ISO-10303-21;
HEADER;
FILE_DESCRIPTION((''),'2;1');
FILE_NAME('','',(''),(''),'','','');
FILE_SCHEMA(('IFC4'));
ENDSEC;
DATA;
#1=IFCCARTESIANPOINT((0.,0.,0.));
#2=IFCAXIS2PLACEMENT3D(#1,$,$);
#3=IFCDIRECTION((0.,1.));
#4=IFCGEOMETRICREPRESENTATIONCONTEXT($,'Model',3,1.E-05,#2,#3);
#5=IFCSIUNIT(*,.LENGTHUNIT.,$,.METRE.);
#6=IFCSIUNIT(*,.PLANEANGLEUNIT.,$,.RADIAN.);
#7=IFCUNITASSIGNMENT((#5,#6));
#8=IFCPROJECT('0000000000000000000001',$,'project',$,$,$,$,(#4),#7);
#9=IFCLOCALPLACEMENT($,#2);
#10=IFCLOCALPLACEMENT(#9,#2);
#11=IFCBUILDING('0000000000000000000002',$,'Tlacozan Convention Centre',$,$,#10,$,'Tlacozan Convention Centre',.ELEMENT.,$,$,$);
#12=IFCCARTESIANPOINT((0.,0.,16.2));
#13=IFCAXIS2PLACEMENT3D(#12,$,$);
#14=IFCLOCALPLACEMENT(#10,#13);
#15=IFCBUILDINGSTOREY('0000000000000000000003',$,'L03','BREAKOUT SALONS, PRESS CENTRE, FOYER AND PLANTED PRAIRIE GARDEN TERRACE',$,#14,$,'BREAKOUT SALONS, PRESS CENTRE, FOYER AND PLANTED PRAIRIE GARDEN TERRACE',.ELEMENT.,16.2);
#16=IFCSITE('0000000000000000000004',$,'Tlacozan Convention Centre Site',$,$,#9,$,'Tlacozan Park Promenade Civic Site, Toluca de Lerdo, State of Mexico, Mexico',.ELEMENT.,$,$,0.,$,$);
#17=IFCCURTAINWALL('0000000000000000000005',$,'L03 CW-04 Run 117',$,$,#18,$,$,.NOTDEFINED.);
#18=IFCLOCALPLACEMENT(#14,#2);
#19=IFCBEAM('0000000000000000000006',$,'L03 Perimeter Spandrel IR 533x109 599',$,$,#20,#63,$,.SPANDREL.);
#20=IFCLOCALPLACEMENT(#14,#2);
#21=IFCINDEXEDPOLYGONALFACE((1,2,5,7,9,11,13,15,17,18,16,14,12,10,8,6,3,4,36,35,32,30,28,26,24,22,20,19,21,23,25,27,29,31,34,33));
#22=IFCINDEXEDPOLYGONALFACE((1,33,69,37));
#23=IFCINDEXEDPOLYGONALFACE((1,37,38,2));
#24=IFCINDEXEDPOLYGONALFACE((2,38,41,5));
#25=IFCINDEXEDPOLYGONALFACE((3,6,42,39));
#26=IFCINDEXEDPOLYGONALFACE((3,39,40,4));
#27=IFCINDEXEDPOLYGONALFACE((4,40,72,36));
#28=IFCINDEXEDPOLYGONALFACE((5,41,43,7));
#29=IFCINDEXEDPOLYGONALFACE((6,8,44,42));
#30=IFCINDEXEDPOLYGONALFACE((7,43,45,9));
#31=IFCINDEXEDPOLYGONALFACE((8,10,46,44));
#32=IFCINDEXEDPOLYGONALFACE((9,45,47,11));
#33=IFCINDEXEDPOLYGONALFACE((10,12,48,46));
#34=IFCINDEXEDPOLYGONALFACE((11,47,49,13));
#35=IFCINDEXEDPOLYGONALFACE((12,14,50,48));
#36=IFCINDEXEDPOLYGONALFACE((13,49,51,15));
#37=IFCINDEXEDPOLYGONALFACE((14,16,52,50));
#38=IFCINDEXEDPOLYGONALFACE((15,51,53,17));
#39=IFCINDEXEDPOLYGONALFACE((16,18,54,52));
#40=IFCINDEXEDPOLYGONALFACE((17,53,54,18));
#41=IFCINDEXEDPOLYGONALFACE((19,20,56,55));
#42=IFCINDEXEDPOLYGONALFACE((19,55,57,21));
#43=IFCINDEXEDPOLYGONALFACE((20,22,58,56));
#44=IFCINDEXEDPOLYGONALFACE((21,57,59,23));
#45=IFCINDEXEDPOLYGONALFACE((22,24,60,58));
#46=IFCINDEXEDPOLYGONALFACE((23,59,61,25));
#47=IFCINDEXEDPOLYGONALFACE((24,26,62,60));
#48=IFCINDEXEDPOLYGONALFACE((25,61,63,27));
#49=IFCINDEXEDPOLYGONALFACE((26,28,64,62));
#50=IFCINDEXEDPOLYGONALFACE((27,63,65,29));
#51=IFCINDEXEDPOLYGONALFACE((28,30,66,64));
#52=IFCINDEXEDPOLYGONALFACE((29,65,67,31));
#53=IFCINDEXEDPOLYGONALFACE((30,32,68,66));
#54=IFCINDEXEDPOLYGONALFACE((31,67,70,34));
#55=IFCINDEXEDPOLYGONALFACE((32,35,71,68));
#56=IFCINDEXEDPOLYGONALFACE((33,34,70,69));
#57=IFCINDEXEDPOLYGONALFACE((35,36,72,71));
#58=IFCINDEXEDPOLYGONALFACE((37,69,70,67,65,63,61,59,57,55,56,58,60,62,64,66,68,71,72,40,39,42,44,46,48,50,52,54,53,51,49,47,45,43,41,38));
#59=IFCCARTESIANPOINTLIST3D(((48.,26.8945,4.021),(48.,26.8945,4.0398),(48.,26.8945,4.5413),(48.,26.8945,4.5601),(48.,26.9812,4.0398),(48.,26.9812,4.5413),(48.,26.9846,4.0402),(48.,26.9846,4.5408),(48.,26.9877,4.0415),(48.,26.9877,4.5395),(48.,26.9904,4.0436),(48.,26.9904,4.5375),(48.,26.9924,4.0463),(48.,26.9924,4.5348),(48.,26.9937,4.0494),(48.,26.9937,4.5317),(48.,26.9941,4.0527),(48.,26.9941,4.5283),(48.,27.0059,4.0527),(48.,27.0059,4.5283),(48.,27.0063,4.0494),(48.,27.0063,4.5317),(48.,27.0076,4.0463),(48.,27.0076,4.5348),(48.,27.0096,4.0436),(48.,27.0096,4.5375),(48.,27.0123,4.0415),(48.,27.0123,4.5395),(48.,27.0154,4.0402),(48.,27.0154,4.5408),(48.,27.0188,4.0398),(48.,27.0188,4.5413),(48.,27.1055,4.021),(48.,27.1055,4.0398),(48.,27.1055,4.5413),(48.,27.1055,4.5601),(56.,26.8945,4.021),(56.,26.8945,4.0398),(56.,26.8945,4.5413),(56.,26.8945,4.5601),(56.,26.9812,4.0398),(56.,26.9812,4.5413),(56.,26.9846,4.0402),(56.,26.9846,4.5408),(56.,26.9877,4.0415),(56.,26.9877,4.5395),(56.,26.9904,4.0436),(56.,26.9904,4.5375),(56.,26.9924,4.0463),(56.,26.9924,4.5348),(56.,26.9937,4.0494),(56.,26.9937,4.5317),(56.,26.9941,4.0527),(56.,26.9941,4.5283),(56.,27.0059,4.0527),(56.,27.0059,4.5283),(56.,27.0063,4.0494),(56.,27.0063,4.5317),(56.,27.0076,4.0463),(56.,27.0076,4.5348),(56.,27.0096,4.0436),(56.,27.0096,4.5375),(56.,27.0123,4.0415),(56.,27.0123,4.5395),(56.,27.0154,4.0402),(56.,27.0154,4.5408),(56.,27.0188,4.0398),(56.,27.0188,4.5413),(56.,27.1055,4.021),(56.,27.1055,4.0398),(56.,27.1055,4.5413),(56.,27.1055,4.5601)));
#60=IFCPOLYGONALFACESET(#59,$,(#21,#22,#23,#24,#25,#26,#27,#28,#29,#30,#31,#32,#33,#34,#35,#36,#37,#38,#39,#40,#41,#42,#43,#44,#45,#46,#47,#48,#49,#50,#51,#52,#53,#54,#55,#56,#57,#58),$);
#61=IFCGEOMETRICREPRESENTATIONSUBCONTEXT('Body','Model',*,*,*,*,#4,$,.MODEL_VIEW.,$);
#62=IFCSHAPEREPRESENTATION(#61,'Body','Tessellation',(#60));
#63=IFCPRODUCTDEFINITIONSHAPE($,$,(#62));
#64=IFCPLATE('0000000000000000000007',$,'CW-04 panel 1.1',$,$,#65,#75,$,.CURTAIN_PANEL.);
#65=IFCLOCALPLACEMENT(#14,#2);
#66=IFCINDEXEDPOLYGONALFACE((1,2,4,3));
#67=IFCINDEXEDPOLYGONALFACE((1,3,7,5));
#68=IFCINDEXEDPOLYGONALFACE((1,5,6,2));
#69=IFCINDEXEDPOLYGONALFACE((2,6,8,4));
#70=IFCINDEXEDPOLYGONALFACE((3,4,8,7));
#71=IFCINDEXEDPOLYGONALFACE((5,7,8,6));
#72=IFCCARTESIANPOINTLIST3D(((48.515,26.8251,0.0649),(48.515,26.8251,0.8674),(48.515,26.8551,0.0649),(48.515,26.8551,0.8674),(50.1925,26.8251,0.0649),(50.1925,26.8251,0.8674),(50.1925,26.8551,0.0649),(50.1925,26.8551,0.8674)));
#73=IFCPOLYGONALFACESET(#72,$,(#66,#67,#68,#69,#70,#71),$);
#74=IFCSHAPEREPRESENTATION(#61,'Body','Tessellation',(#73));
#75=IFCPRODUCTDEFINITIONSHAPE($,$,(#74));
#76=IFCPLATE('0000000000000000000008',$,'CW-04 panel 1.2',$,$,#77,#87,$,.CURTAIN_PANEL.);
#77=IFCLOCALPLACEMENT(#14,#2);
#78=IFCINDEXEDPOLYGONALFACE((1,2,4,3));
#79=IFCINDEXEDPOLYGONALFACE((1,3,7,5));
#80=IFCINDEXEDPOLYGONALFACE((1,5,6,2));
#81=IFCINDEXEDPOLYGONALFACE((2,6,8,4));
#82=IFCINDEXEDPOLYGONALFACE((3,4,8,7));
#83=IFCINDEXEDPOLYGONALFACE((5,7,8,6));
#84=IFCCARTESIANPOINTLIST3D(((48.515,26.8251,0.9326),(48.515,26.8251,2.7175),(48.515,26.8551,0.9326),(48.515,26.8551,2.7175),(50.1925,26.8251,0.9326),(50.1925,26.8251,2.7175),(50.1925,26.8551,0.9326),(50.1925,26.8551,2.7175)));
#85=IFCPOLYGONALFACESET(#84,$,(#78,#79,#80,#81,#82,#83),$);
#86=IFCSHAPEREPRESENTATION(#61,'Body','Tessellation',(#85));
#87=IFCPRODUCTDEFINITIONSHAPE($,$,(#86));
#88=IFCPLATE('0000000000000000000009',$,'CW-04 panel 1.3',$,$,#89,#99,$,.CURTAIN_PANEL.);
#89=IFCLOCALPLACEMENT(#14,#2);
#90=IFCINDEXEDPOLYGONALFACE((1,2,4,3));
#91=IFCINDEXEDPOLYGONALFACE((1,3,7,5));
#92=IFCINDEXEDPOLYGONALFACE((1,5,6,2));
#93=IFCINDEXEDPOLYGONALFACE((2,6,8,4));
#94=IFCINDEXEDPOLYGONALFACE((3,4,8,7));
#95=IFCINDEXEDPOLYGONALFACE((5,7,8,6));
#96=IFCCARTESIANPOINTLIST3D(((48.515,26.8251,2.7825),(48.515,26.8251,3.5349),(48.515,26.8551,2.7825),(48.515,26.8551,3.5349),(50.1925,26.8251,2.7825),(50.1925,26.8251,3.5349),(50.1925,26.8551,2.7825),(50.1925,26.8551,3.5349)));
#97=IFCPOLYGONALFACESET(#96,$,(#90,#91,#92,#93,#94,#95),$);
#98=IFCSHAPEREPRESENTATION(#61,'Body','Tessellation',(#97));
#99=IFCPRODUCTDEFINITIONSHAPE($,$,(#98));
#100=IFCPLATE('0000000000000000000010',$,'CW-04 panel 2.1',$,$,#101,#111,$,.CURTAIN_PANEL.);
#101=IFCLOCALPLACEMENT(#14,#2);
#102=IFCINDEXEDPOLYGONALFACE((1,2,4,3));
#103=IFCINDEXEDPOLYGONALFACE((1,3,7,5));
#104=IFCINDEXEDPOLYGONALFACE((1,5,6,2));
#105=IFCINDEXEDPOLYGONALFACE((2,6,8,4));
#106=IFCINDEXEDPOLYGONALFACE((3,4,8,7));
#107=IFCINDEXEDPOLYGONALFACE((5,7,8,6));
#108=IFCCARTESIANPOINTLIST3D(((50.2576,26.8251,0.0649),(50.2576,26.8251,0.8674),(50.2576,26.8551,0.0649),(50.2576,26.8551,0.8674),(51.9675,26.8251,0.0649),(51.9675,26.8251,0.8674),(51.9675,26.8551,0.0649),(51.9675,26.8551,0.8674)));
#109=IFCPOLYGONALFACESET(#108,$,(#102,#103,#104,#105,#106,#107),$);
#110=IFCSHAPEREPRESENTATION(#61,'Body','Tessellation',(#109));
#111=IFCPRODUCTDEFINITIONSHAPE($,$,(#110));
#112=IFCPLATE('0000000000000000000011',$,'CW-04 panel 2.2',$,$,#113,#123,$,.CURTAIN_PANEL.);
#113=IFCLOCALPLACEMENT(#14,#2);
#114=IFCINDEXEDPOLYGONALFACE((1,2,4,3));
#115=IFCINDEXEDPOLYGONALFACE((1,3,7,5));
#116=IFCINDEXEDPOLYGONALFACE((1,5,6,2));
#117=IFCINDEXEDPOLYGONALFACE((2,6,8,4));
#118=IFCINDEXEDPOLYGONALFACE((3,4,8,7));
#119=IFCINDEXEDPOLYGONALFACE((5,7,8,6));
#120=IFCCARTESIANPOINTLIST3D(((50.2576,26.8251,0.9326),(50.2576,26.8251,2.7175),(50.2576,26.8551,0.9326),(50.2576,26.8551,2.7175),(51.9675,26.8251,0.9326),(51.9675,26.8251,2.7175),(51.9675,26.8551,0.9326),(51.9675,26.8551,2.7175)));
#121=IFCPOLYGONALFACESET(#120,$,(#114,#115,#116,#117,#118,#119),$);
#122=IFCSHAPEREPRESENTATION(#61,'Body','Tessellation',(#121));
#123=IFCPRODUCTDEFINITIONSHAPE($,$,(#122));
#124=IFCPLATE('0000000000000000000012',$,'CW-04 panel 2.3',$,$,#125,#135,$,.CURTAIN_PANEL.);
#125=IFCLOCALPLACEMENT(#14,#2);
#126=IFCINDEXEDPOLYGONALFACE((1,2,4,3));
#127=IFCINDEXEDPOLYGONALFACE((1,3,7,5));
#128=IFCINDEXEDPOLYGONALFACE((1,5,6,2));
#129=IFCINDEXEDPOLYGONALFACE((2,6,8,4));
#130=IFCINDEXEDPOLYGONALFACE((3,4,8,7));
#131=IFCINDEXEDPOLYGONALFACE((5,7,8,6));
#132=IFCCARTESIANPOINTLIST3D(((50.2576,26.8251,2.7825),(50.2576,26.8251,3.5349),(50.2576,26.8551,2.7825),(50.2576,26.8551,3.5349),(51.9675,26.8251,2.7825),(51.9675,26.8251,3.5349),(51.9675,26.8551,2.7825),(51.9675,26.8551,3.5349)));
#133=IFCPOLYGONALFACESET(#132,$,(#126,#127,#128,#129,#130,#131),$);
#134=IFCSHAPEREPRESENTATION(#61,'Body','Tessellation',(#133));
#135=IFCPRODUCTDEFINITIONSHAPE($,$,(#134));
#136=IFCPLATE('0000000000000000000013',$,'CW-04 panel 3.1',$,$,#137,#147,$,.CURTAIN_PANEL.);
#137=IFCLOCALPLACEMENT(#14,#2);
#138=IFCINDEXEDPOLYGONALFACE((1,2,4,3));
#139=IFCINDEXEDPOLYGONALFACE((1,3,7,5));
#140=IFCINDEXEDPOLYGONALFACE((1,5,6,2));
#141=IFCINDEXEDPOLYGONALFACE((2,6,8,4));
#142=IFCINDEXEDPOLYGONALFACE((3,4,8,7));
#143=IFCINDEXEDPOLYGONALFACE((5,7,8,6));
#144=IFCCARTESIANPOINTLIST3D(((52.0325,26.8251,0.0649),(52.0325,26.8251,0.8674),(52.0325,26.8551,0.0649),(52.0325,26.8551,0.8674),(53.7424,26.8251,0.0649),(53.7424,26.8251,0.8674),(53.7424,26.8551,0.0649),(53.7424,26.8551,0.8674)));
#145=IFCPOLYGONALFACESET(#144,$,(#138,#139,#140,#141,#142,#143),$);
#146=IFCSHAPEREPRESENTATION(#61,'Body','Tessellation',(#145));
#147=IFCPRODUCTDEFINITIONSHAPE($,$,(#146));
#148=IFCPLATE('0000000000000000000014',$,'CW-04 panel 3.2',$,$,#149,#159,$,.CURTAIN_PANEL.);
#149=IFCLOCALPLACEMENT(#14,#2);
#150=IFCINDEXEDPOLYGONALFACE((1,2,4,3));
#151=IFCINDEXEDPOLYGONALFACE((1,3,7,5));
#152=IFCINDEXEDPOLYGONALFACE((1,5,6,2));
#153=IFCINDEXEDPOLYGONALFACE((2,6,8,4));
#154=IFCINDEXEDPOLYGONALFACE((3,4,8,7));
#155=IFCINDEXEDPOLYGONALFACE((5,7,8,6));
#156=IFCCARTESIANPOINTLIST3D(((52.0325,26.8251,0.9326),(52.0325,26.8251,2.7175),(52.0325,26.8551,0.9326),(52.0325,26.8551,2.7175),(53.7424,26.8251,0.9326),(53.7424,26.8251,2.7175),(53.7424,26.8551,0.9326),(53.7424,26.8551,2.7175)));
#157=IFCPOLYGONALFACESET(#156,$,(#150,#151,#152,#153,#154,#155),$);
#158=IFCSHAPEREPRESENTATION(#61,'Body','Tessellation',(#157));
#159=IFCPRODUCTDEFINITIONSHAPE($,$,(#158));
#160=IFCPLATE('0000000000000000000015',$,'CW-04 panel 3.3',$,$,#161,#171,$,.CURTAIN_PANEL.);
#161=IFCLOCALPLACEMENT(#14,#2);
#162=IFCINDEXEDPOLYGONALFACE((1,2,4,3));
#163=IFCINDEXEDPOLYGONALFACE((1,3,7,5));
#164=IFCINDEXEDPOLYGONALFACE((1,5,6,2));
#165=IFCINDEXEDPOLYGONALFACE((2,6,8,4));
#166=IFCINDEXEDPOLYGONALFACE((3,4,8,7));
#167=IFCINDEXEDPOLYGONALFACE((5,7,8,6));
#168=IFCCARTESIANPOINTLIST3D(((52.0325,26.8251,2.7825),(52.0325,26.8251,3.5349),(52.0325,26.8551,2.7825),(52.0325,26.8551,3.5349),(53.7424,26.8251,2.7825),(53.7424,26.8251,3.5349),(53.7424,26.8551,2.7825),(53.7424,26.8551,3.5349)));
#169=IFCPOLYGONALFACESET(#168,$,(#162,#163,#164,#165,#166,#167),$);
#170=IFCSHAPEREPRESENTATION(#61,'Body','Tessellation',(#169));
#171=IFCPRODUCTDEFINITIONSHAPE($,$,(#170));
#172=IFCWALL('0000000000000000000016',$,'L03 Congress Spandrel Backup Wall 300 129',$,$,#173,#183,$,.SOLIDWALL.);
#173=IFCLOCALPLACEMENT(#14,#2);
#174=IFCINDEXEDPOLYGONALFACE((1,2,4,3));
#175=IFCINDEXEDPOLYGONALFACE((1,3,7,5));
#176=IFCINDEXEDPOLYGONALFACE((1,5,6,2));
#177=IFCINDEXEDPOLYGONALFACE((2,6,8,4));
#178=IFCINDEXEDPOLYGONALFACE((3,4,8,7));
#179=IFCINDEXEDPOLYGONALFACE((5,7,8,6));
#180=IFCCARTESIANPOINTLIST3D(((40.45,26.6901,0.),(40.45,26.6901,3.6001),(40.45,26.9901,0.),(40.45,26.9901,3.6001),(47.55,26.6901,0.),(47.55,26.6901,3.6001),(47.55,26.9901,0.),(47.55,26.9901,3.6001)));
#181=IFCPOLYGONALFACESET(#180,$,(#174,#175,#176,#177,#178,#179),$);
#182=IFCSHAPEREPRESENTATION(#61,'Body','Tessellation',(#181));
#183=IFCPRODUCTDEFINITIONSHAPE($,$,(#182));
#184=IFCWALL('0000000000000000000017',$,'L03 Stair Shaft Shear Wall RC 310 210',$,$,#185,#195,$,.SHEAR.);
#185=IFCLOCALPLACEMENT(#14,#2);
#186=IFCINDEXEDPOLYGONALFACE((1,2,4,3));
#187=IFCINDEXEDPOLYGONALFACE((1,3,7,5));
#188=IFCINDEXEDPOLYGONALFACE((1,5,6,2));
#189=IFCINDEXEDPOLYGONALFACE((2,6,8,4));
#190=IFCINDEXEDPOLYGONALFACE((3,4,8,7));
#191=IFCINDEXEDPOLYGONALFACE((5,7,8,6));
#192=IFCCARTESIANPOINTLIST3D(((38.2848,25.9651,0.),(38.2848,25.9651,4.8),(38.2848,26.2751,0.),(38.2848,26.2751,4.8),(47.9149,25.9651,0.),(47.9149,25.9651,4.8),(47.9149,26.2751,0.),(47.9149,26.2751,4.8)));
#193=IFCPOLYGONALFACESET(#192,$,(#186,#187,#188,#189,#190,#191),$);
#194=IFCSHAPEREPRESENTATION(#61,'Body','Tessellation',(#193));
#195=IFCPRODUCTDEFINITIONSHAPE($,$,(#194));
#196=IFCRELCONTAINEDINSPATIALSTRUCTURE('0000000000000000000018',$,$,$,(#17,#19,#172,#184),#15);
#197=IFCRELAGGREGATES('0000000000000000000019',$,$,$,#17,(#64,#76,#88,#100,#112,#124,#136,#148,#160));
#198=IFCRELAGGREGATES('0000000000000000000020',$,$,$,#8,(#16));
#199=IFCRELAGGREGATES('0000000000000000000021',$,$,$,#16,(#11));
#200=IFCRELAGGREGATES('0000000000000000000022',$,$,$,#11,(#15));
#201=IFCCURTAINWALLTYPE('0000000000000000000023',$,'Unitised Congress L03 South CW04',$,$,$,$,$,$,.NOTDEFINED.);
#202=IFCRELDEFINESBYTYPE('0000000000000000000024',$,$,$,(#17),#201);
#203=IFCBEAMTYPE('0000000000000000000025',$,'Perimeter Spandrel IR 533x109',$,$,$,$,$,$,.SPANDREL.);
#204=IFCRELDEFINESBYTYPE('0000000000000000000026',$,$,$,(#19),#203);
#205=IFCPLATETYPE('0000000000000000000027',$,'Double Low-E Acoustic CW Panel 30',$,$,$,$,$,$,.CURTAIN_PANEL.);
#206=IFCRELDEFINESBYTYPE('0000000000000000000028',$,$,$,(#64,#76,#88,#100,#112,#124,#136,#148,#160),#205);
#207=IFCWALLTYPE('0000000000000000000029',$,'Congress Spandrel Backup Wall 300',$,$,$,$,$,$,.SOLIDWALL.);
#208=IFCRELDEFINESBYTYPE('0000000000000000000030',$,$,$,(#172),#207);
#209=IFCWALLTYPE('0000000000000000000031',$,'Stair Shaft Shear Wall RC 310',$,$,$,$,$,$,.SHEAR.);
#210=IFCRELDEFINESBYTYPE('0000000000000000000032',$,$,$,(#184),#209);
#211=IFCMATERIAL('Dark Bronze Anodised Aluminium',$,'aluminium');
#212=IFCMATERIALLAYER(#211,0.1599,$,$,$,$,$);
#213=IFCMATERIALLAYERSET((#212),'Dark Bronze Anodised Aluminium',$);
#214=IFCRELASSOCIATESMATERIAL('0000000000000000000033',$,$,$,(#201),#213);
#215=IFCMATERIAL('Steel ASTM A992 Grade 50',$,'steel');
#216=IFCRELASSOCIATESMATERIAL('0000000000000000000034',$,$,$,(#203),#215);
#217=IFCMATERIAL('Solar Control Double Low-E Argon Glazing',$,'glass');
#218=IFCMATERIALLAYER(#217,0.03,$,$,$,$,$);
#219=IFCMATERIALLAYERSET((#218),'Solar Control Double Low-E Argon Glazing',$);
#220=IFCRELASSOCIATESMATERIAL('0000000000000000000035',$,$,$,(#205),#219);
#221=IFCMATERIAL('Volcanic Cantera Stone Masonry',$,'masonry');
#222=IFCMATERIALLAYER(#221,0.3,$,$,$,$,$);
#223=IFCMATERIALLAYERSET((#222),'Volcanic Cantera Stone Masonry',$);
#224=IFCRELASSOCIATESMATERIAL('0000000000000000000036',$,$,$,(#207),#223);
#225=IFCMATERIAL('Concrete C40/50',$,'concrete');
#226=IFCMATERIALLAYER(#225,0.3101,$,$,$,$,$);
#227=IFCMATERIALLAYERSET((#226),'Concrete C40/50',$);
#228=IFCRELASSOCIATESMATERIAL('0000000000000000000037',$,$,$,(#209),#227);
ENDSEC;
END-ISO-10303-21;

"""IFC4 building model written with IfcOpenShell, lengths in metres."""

from ifc_helpers import new_model, si_unit, direction, frame, frame_2d, origin, origin_2d, place, context, subcontext, project, spatial, rectangle, i_section, extrude, material, layer, layer_set, material_profile, profile_set, type_object, element, aggregate, save


model = new_model("IFC4")

# Units and contexts
model_context = context("Model", 3, precision=1e-05, world=origin(), true_north=direction((0.0, 1.0)))
body_context = subcontext(model_context, "Body", "Model", "MODEL_VIEW")
ifc_project = project(units=[si_unit("LENGTHUNIT", "METRE"), si_unit("PLANEANGLEUNIT", "RADIAN")], contexts=[model_context])

# Site, building, storey
site_placement = place(None, origin())
site = spatial("IfcSite", under=ifc_project, at=site_placement, Name="Tlacozan Convention Centre Site", LongName="Tlacozan Park Promenade Civic Site, Toluca de Lerdo, State of Mexico, Mexico", CompositionType="ELEMENT", RefElevation=0.0)
building_placement = place(site_placement, origin())
building = spatial("IfcBuilding", under=site, at=building_placement, Name="Tlacozan Convention Centre", LongName="Tlacozan Convention Centre", CompositionType="ELEMENT")
storey_placement = place(building_placement, frame((0.0, 0.0, 16.2)))
storey = spatial("IfcBuildingStorey", under=building, at=storey_placement, Name="L03", Description="BREAKOUT SALONS, PRESS CENTRE, FOYER AND PLANTED PRAIRIE GARDEN TERRACE", LongName="BREAKOUT SALONS, PRESS CENTRE, FOYER AND PLANTED PRAIRIE GARDEN TERRACE", CompositionType="ELEMENT", Elevation=16.2)

# Shared definitions
ifc_material_1 = material(Name="Concrete C40/50", Category="concrete")

# Curtain wall
ifc_material_2 = material(Name="Dark Bronze Anodised Aluminium", Category="aluminium")
ifc_layer_1 = layer(ifc_material_2, 0.1599)
ifc_layer_set_1 = layer_set([ifc_layer_1], Name="Dark Bronze Anodised Aluminium")
curtain_wall_type = type_object("IfcCurtainWallType", Name="Unitised Congress L03 South CW04", PredefinedType="NOTDEFINED", material=ifc_layer_set_1)
curtain_wall_placement = place(storey_placement, origin())
curtain_wall = element("IfcCurtainWall", 1, at=curtain_wall_placement, inside=storey, type_object=curtain_wall_type, Name="L03 CW-04 Run 117", PredefinedType="NOTDEFINED")

# Beam
ifc_material_3 = material(Name="Steel ASTM A992 Grade 50", Category="steel")
ifc_material_profile_1 = material_profile(ifc_material_3, i_section(OverallWidth=0.2109, OverallDepth=0.5391, WebThickness=0.0117, FlangeThickness=0.0188, FilletRadius=0.0129, at=origin_2d()), Name="IR 533x109.0")
ifc_profile_set_1 = profile_set([ifc_material_profile_1], Name="Steel ASTM A992 Grade 50")
beam_type = type_object("IfcBeamType", Name="Perimeter Spandrel IR 533x109", PredefinedType="SPANDREL", material=ifc_profile_set_1)
for number, where, z_axis, x_axis, name in (
    (2, (48.0, 27.0, 4.2905), (1.0, 0.0, 0.0), (0.0, 1.0, 0.0), "L03 Perimeter Spandrel IR 533x109 599"),
):
    element("IfcBeam", number, at=place(storey_placement, frame(where, z_axis=z_axis, x_axis=x_axis)), inside=storey, type_object=beam_type, Name=name, PredefinedType="SPANDREL", context=body_context, shape_type="SweptSolid", body=[
        extrude(i_section(OverallWidth=0.2109, OverallDepth=0.5391, WebThickness=0.0117, FlangeThickness=0.0188, FilletRadius=0.0129, at=origin_2d()), origin(), (0.0, 0.0, 1.0), 8.0),
    ])

# Plates
ifc_material_4 = material(Name="Solar Control Double Low-E Argon Glazing", Category="glass")
ifc_layer_2 = layer(ifc_material_4, 0.03)
ifc_layer_set_2 = layer_set([ifc_layer_2], Name="Solar Control Double Low-E Argon Glazing")
plate_type = type_object("IfcPlateType", Name="Double Low-E Acoustic CW Panel 30", PredefinedType="CURTAIN_PANEL", material=ifc_layer_set_2)
plate_1_placement = place(storey_placement, frame((49.3538, 26.8401, 0.0649), z_axis=(0.0, 0.0, 1.0), x_axis=(1.0, 0.0, 0.0)))
plate_1 = element("IfcPlate", 3, at=plate_1_placement, type_object=plate_type, Name="CW-04 panel 1.1", PredefinedType="CURTAIN_PANEL", context=body_context, shape_type="SweptSolid", body=[
    extrude(rectangle(XDim=1.6775, YDim=0.03, at=origin_2d()), origin(), (0.0, 0.0, 1.0), 0.8025),
])
plate_2_placement = place(storey_placement, frame((49.3538, 26.8401, 0.9326), z_axis=(0.0, 0.0, 1.0), x_axis=(1.0, 0.0, 0.0)))
plate_2 = element("IfcPlate", 4, at=plate_2_placement, type_object=plate_type, Name="CW-04 panel 1.2", PredefinedType="CURTAIN_PANEL", context=body_context, shape_type="SweptSolid", body=[
    extrude(rectangle(XDim=1.6775, YDim=0.03, at=origin_2d()), origin(), (0.0, 0.0, 1.0), 1.7849),
])
plate_3_placement = place(storey_placement, frame((49.3538, 26.8401, 2.7825), z_axis=(0.0, 0.0, 1.0), x_axis=(1.0, 0.0, 0.0)))
plate_3 = element("IfcPlate", 5, at=plate_3_placement, type_object=plate_type, Name="CW-04 panel 1.3", PredefinedType="CURTAIN_PANEL", context=body_context, shape_type="SweptSolid", body=[
    extrude(rectangle(XDim=1.6775, YDim=0.03, at=origin_2d()), origin(), (0.0, 0.0, 1.0), 0.7524),
])
plate_4_placement = place(storey_placement, frame((51.1125, 26.8401, 0.0649), z_axis=(0.0, 0.0, 1.0), x_axis=(1.0, 0.0, 0.0)))
plate_4 = element("IfcPlate", 6, at=plate_4_placement, type_object=plate_type, Name="CW-04 panel 2.1", PredefinedType="CURTAIN_PANEL", context=body_context, shape_type="SweptSolid", body=[
    extrude(rectangle(XDim=1.71, YDim=0.03, at=origin_2d()), origin(), (0.0, 0.0, 1.0), 0.8025),
])
plate_5_placement = place(storey_placement, frame((51.1125, 26.8401, 0.9326), z_axis=(0.0, 0.0, 1.0), x_axis=(1.0, 0.0, 0.0)))
plate_5 = element("IfcPlate", 7, at=plate_5_placement, type_object=plate_type, Name="CW-04 panel 2.2", PredefinedType="CURTAIN_PANEL", context=body_context, shape_type="SweptSolid", body=[
    extrude(rectangle(XDim=1.71, YDim=0.03, at=origin_2d()), origin(), (0.0, 0.0, 1.0), 1.7849),
])
plate_6_placement = place(storey_placement, frame((51.1125, 26.8401, 2.7825), z_axis=(0.0, 0.0, 1.0), x_axis=(1.0, 0.0, 0.0)))
plate_6 = element("IfcPlate", 8, at=plate_6_placement, type_object=plate_type, Name="CW-04 panel 2.3", PredefinedType="CURTAIN_PANEL", context=body_context, shape_type="SweptSolid", body=[
    extrude(rectangle(XDim=1.71, YDim=0.03, at=origin_2d()), origin(), (0.0, 0.0, 1.0), 0.7524),
])
plate_7_placement = place(storey_placement, frame((52.8875, 26.8401, 0.0649), z_axis=(0.0, 0.0, 1.0), x_axis=(1.0, 0.0, 0.0)))
plate_7 = element("IfcPlate", 9, at=plate_7_placement, type_object=plate_type, Name="CW-04 panel 3.1", PredefinedType="CURTAIN_PANEL", context=body_context, shape_type="SweptSolid", body=[
    extrude(rectangle(XDim=1.71, YDim=0.03, at=origin_2d()), origin(), (0.0, 0.0, 1.0), 0.8025),
])
plate_8_placement = place(storey_placement, frame((52.8875, 26.8401, 0.9326), z_axis=(0.0, 0.0, 1.0), x_axis=(1.0, 0.0, 0.0)))
plate_8 = element("IfcPlate", 10, at=plate_8_placement, type_object=plate_type, Name="CW-04 panel 3.2", PredefinedType="CURTAIN_PANEL", context=body_context, shape_type="SweptSolid", body=[
    extrude(rectangle(XDim=1.71, YDim=0.03, at=origin_2d()), origin(), (0.0, 0.0, 1.0), 1.7849),
])
plate_9_placement = place(storey_placement, frame((52.8875, 26.8401, 2.7825), z_axis=(0.0, 0.0, 1.0), x_axis=(1.0, 0.0, 0.0)))
plate_9 = element("IfcPlate", 11, at=plate_9_placement, type_object=plate_type, Name="CW-04 panel 3.3", PredefinedType="CURTAIN_PANEL", context=body_context, shape_type="SweptSolid", body=[
    extrude(rectangle(XDim=1.71, YDim=0.03, at=origin_2d()), origin(), (0.0, 0.0, 1.0), 0.7524),
])
aggregate(curtain_wall, [plate_1, plate_2, plate_3, plate_4, plate_5, plate_6, plate_7, plate_8, plate_9])

# Walls
ifc_material_5 = material(Name="Volcanic Cantera Stone Masonry", Category="masonry")
ifc_layer_3 = layer(ifc_material_5, 0.3)
ifc_layer_set_3 = layer_set([ifc_layer_3], Name="Volcanic Cantera Stone Masonry")
wall_type_1 = type_object("IfcWallType", Name="Congress Spandrel Backup Wall 300", PredefinedType="SOLIDWALL", material=ifc_layer_set_3)
wall_1_placement = place(storey_placement, frame((40.45, 26.8401, 0.0), z_axis=(0.0, 0.0, 1.0), x_axis=(1.0, 0.0, 0.0)))
element("IfcWall", 12, at=wall_1_placement, inside=storey, type_object=wall_type_1, Name="L03 Congress Spandrel Backup Wall 300 129", PredefinedType="SOLIDWALL", context=body_context, shape_type="SweptSolid", body=[
    extrude(rectangle(XDim=7.1001, YDim=0.3, at=frame_2d((3.55, 0.0))), origin(), (0.0, 0.0, 1.0), 3.6001),
])
ifc_layer_4 = layer(ifc_material_1, 0.3101)
ifc_layer_set_4 = layer_set([ifc_layer_4], Name="Concrete C40/50")
wall_type_2 = type_object("IfcWallType", Name="Stair Shaft Shear Wall RC 310", PredefinedType="SHEAR", material=ifc_layer_set_4)
wall_2_placement = place(storey_placement, frame((38.2849, 26.1201, 0.0), z_axis=(0.0, 0.0, 1.0), x_axis=(1.0, 0.0, 0.0)))
element("IfcWall", 13, at=wall_2_placement, inside=storey, type_object=wall_type_2, Name="L03 Stair Shaft Shear Wall RC 310 210", PredefinedType="SHEAR", context=body_context, shape_type="SweptSolid", body=[
    extrude(rectangle(XDim=9.6301, YDim=0.3101, at=frame_2d((4.8149, 0.0))), origin(), (0.0, 0.0, 1.0), 4.8),
])

save(model, "model.ifc")
